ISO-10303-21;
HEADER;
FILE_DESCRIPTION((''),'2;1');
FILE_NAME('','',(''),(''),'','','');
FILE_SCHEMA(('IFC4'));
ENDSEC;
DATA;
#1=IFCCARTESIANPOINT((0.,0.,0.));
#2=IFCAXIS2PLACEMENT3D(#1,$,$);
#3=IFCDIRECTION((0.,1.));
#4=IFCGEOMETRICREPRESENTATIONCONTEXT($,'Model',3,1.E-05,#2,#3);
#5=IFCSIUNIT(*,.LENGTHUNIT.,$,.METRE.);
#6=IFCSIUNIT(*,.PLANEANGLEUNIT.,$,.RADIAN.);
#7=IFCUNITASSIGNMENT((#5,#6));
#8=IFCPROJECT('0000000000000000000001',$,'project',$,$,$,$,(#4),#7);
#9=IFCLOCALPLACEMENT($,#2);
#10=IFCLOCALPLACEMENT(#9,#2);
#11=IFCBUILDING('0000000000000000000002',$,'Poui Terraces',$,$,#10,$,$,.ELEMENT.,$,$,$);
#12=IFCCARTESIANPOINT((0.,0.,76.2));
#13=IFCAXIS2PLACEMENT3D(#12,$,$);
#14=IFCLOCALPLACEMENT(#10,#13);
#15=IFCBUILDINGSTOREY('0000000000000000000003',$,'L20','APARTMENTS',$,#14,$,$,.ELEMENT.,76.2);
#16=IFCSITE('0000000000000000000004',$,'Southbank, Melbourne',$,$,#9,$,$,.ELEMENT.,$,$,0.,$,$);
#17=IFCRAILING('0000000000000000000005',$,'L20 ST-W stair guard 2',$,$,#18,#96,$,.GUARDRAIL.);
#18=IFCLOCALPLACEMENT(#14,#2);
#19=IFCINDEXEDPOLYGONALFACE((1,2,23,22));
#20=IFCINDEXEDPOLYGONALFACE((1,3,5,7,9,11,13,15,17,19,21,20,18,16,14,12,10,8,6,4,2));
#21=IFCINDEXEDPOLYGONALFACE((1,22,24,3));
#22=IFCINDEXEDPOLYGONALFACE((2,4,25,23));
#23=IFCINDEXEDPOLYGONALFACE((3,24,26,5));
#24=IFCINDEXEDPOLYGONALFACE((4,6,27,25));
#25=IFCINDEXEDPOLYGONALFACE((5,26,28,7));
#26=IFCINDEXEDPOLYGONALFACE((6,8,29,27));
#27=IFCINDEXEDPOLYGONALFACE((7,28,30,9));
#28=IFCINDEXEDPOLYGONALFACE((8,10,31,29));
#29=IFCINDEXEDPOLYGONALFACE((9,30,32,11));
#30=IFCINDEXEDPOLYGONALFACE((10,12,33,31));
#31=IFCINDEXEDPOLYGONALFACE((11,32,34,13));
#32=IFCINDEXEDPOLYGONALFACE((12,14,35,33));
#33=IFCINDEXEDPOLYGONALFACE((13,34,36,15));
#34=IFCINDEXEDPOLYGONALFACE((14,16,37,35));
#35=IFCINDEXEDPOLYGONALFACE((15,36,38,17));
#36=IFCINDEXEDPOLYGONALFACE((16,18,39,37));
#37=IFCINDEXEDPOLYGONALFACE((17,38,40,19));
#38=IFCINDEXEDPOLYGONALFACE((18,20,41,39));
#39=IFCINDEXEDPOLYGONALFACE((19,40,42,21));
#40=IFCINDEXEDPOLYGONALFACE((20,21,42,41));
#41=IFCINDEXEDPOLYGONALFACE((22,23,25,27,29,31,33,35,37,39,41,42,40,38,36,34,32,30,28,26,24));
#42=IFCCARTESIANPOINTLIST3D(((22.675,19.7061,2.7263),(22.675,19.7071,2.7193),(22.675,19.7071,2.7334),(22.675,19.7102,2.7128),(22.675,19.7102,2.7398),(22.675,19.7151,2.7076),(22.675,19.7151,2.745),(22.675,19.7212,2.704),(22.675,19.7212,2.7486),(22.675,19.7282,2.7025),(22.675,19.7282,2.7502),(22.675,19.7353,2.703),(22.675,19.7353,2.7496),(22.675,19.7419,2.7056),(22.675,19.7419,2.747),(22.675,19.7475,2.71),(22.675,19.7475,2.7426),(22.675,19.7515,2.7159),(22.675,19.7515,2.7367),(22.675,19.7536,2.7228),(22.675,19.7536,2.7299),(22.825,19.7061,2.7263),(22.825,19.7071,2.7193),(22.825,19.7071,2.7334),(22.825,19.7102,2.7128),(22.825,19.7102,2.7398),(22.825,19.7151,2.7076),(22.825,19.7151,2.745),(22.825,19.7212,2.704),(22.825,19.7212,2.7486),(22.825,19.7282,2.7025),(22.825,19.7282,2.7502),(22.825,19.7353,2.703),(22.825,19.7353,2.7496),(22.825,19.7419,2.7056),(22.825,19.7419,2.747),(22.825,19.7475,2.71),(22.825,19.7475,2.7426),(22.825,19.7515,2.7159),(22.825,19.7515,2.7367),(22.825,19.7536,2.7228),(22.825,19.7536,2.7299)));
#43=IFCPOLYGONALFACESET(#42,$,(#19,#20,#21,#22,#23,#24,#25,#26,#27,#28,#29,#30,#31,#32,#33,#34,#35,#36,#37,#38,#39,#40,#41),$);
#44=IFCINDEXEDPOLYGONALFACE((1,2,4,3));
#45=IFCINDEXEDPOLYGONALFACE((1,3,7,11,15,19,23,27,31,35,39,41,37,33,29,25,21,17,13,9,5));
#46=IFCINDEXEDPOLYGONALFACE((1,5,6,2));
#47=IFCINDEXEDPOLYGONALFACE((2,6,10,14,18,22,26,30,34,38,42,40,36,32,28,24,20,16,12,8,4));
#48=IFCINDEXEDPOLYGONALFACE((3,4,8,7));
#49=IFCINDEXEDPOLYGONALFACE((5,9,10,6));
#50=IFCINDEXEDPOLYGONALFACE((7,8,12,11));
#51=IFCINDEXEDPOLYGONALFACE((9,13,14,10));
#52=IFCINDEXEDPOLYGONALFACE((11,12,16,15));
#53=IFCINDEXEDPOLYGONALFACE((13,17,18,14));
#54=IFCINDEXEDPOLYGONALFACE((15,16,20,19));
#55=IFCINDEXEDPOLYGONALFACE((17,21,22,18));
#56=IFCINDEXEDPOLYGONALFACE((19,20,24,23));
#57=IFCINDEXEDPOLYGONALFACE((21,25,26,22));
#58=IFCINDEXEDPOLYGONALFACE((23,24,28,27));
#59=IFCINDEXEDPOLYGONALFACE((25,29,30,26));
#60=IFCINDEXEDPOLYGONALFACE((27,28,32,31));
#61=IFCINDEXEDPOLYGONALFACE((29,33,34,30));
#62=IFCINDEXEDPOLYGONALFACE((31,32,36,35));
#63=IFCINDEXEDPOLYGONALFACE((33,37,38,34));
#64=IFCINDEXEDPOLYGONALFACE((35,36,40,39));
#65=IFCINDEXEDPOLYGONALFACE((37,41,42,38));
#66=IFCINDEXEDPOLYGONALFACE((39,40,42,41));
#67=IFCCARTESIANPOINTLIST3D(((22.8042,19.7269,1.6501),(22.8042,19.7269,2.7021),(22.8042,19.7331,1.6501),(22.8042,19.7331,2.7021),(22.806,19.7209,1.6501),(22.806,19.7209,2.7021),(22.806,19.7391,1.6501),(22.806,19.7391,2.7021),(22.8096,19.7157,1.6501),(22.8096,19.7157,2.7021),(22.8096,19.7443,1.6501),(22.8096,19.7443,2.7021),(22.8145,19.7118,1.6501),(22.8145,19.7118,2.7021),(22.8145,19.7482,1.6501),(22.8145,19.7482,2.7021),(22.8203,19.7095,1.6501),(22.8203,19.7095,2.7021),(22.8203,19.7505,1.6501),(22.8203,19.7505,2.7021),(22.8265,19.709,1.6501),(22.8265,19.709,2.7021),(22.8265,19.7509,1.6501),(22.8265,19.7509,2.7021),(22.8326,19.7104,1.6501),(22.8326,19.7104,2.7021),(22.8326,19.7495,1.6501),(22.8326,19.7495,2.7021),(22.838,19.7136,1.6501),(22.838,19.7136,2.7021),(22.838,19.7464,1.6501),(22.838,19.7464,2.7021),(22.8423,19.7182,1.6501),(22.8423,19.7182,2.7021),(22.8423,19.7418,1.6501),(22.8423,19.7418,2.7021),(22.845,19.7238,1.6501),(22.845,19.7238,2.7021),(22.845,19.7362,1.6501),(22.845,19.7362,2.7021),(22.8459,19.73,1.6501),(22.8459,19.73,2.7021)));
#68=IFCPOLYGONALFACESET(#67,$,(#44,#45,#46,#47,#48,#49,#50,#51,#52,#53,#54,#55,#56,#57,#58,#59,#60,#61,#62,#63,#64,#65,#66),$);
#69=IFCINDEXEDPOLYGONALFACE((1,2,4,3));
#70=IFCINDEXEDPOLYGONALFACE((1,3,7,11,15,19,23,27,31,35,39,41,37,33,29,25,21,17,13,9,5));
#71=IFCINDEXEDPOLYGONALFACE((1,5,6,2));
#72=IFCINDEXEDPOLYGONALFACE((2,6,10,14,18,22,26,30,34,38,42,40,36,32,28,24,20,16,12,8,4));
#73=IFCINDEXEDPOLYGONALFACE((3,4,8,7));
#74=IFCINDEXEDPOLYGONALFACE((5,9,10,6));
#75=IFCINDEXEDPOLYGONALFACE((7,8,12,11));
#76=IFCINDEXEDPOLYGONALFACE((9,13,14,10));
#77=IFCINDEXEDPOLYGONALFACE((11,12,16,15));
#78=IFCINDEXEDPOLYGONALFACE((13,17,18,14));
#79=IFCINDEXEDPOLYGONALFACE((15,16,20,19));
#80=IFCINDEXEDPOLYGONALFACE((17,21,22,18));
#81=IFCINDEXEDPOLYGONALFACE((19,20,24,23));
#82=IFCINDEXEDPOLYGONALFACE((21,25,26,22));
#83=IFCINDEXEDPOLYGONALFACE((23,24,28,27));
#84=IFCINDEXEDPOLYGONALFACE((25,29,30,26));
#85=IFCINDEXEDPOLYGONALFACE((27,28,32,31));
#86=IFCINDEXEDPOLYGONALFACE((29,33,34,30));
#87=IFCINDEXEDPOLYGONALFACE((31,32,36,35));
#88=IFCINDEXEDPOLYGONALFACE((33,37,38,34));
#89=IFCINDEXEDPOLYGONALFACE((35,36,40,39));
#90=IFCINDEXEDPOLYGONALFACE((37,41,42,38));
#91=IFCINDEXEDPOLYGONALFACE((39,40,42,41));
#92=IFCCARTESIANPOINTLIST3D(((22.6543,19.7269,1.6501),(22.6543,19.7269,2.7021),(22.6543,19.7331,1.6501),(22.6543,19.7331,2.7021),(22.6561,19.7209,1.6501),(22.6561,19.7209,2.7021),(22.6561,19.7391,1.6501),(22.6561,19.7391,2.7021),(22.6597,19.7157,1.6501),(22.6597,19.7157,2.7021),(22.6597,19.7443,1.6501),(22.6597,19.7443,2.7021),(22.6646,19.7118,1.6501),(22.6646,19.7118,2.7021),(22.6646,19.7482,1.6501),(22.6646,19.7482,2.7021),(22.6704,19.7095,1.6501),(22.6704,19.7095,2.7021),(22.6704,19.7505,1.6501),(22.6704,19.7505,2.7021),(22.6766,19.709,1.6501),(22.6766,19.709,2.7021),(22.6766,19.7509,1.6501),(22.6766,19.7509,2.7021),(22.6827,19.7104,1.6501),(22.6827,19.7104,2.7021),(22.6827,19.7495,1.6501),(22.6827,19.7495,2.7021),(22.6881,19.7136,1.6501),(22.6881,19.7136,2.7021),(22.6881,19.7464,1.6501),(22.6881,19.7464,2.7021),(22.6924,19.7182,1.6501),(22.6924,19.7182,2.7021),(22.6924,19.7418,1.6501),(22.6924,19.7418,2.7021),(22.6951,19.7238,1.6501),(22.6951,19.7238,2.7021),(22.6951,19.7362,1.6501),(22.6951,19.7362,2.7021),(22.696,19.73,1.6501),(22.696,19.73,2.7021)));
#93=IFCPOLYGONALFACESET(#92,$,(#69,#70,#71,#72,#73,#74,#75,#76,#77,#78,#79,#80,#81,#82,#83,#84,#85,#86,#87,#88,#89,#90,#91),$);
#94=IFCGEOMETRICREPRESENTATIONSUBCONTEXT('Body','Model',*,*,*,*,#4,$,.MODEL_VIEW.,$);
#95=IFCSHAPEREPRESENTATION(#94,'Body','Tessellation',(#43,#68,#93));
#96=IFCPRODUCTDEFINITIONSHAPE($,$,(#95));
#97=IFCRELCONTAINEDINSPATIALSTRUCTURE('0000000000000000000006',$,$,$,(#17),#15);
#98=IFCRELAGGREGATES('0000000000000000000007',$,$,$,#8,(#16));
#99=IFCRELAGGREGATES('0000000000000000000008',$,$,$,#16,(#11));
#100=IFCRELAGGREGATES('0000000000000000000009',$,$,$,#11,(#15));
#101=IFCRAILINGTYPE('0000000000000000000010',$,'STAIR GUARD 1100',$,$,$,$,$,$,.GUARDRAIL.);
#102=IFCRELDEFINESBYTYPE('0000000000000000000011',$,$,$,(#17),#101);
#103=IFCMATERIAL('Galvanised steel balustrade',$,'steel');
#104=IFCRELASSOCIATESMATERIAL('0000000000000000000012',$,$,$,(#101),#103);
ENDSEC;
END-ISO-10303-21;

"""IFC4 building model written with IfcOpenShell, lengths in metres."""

from ifc_helpers import new_model, si_unit, direction, frame, origin, origin_2d, place, context, subcontext, project, spatial, circle, extrude, material, type_object, element, save


model = new_model("IFC4")

# Units and contexts
model_context = context("Model", 3, precision=1e-05, world=origin(), true_north=direction((0.0, 1.0)))
body_context = subcontext(model_context, "Body", "Model", "MODEL_VIEW")
ifc_project = project(units=[si_unit("LENGTHUNIT", "METRE"), si_unit("PLANEANGLEUNIT", "RADIAN")], contexts=[model_context])

# Site, building, storey
site_placement = place(None, origin())
site = spatial("IfcSite", under=ifc_project, at=site_placement, Name="Southbank, Melbourne", CompositionType="ELEMENT", RefElevation=0.0)
building_placement = place(site_placement, origin())
building = spatial("IfcBuilding", under=site, at=building_placement, Name="Poui Terraces", CompositionType="ELEMENT")
storey_placement = place(building_placement, frame((0.0, 0.0, 76.2)))
storey = spatial("IfcBuildingStorey", under=building, at=storey_placement, Name="L20", Description="APARTMENTS", CompositionType="ELEMENT", Elevation=76.2)

# Railing
ifc_material_1 = material(Name="Galvanised steel balustrade", Category="steel")
railing_type_1 = type_object("IfcRailingType", Name="STAIR GUARD 1100", PredefinedType="GUARDRAIL", material=ifc_material_1)
railing_1_placement = place(storey_placement, frame((22.825, 19.73, 1.6501)))
element("IfcRailing", 1, at=railing_1_placement, inside=storey, type_object=railing_type_1, Name="L20 ST-W stair guard 2", PredefinedType="GUARDRAIL", context=body_context, shape_type="SweptSolid", body=[
    extrude(circle(Radius=0.0239, at=origin_2d()), frame((0.0, 0.0, 1.0762), z_axis=(-1.0, 0.0, 0.0), x_axis=(0.0, -1.0, 0.0)), (0.0, 0.0, 1.0), 0.1499),
    extrude(circle(Radius=0.021, at=origin_2d()), origin(), (0.0, 0.0, 1.0), 1.052),
    extrude(circle(Radius=0.021, at=origin_2d()), frame((-0.1499, 0.0, 0.0)), (0.0, 0.0, 1.0), 1.052),
])

save(model, "model.ifc")
